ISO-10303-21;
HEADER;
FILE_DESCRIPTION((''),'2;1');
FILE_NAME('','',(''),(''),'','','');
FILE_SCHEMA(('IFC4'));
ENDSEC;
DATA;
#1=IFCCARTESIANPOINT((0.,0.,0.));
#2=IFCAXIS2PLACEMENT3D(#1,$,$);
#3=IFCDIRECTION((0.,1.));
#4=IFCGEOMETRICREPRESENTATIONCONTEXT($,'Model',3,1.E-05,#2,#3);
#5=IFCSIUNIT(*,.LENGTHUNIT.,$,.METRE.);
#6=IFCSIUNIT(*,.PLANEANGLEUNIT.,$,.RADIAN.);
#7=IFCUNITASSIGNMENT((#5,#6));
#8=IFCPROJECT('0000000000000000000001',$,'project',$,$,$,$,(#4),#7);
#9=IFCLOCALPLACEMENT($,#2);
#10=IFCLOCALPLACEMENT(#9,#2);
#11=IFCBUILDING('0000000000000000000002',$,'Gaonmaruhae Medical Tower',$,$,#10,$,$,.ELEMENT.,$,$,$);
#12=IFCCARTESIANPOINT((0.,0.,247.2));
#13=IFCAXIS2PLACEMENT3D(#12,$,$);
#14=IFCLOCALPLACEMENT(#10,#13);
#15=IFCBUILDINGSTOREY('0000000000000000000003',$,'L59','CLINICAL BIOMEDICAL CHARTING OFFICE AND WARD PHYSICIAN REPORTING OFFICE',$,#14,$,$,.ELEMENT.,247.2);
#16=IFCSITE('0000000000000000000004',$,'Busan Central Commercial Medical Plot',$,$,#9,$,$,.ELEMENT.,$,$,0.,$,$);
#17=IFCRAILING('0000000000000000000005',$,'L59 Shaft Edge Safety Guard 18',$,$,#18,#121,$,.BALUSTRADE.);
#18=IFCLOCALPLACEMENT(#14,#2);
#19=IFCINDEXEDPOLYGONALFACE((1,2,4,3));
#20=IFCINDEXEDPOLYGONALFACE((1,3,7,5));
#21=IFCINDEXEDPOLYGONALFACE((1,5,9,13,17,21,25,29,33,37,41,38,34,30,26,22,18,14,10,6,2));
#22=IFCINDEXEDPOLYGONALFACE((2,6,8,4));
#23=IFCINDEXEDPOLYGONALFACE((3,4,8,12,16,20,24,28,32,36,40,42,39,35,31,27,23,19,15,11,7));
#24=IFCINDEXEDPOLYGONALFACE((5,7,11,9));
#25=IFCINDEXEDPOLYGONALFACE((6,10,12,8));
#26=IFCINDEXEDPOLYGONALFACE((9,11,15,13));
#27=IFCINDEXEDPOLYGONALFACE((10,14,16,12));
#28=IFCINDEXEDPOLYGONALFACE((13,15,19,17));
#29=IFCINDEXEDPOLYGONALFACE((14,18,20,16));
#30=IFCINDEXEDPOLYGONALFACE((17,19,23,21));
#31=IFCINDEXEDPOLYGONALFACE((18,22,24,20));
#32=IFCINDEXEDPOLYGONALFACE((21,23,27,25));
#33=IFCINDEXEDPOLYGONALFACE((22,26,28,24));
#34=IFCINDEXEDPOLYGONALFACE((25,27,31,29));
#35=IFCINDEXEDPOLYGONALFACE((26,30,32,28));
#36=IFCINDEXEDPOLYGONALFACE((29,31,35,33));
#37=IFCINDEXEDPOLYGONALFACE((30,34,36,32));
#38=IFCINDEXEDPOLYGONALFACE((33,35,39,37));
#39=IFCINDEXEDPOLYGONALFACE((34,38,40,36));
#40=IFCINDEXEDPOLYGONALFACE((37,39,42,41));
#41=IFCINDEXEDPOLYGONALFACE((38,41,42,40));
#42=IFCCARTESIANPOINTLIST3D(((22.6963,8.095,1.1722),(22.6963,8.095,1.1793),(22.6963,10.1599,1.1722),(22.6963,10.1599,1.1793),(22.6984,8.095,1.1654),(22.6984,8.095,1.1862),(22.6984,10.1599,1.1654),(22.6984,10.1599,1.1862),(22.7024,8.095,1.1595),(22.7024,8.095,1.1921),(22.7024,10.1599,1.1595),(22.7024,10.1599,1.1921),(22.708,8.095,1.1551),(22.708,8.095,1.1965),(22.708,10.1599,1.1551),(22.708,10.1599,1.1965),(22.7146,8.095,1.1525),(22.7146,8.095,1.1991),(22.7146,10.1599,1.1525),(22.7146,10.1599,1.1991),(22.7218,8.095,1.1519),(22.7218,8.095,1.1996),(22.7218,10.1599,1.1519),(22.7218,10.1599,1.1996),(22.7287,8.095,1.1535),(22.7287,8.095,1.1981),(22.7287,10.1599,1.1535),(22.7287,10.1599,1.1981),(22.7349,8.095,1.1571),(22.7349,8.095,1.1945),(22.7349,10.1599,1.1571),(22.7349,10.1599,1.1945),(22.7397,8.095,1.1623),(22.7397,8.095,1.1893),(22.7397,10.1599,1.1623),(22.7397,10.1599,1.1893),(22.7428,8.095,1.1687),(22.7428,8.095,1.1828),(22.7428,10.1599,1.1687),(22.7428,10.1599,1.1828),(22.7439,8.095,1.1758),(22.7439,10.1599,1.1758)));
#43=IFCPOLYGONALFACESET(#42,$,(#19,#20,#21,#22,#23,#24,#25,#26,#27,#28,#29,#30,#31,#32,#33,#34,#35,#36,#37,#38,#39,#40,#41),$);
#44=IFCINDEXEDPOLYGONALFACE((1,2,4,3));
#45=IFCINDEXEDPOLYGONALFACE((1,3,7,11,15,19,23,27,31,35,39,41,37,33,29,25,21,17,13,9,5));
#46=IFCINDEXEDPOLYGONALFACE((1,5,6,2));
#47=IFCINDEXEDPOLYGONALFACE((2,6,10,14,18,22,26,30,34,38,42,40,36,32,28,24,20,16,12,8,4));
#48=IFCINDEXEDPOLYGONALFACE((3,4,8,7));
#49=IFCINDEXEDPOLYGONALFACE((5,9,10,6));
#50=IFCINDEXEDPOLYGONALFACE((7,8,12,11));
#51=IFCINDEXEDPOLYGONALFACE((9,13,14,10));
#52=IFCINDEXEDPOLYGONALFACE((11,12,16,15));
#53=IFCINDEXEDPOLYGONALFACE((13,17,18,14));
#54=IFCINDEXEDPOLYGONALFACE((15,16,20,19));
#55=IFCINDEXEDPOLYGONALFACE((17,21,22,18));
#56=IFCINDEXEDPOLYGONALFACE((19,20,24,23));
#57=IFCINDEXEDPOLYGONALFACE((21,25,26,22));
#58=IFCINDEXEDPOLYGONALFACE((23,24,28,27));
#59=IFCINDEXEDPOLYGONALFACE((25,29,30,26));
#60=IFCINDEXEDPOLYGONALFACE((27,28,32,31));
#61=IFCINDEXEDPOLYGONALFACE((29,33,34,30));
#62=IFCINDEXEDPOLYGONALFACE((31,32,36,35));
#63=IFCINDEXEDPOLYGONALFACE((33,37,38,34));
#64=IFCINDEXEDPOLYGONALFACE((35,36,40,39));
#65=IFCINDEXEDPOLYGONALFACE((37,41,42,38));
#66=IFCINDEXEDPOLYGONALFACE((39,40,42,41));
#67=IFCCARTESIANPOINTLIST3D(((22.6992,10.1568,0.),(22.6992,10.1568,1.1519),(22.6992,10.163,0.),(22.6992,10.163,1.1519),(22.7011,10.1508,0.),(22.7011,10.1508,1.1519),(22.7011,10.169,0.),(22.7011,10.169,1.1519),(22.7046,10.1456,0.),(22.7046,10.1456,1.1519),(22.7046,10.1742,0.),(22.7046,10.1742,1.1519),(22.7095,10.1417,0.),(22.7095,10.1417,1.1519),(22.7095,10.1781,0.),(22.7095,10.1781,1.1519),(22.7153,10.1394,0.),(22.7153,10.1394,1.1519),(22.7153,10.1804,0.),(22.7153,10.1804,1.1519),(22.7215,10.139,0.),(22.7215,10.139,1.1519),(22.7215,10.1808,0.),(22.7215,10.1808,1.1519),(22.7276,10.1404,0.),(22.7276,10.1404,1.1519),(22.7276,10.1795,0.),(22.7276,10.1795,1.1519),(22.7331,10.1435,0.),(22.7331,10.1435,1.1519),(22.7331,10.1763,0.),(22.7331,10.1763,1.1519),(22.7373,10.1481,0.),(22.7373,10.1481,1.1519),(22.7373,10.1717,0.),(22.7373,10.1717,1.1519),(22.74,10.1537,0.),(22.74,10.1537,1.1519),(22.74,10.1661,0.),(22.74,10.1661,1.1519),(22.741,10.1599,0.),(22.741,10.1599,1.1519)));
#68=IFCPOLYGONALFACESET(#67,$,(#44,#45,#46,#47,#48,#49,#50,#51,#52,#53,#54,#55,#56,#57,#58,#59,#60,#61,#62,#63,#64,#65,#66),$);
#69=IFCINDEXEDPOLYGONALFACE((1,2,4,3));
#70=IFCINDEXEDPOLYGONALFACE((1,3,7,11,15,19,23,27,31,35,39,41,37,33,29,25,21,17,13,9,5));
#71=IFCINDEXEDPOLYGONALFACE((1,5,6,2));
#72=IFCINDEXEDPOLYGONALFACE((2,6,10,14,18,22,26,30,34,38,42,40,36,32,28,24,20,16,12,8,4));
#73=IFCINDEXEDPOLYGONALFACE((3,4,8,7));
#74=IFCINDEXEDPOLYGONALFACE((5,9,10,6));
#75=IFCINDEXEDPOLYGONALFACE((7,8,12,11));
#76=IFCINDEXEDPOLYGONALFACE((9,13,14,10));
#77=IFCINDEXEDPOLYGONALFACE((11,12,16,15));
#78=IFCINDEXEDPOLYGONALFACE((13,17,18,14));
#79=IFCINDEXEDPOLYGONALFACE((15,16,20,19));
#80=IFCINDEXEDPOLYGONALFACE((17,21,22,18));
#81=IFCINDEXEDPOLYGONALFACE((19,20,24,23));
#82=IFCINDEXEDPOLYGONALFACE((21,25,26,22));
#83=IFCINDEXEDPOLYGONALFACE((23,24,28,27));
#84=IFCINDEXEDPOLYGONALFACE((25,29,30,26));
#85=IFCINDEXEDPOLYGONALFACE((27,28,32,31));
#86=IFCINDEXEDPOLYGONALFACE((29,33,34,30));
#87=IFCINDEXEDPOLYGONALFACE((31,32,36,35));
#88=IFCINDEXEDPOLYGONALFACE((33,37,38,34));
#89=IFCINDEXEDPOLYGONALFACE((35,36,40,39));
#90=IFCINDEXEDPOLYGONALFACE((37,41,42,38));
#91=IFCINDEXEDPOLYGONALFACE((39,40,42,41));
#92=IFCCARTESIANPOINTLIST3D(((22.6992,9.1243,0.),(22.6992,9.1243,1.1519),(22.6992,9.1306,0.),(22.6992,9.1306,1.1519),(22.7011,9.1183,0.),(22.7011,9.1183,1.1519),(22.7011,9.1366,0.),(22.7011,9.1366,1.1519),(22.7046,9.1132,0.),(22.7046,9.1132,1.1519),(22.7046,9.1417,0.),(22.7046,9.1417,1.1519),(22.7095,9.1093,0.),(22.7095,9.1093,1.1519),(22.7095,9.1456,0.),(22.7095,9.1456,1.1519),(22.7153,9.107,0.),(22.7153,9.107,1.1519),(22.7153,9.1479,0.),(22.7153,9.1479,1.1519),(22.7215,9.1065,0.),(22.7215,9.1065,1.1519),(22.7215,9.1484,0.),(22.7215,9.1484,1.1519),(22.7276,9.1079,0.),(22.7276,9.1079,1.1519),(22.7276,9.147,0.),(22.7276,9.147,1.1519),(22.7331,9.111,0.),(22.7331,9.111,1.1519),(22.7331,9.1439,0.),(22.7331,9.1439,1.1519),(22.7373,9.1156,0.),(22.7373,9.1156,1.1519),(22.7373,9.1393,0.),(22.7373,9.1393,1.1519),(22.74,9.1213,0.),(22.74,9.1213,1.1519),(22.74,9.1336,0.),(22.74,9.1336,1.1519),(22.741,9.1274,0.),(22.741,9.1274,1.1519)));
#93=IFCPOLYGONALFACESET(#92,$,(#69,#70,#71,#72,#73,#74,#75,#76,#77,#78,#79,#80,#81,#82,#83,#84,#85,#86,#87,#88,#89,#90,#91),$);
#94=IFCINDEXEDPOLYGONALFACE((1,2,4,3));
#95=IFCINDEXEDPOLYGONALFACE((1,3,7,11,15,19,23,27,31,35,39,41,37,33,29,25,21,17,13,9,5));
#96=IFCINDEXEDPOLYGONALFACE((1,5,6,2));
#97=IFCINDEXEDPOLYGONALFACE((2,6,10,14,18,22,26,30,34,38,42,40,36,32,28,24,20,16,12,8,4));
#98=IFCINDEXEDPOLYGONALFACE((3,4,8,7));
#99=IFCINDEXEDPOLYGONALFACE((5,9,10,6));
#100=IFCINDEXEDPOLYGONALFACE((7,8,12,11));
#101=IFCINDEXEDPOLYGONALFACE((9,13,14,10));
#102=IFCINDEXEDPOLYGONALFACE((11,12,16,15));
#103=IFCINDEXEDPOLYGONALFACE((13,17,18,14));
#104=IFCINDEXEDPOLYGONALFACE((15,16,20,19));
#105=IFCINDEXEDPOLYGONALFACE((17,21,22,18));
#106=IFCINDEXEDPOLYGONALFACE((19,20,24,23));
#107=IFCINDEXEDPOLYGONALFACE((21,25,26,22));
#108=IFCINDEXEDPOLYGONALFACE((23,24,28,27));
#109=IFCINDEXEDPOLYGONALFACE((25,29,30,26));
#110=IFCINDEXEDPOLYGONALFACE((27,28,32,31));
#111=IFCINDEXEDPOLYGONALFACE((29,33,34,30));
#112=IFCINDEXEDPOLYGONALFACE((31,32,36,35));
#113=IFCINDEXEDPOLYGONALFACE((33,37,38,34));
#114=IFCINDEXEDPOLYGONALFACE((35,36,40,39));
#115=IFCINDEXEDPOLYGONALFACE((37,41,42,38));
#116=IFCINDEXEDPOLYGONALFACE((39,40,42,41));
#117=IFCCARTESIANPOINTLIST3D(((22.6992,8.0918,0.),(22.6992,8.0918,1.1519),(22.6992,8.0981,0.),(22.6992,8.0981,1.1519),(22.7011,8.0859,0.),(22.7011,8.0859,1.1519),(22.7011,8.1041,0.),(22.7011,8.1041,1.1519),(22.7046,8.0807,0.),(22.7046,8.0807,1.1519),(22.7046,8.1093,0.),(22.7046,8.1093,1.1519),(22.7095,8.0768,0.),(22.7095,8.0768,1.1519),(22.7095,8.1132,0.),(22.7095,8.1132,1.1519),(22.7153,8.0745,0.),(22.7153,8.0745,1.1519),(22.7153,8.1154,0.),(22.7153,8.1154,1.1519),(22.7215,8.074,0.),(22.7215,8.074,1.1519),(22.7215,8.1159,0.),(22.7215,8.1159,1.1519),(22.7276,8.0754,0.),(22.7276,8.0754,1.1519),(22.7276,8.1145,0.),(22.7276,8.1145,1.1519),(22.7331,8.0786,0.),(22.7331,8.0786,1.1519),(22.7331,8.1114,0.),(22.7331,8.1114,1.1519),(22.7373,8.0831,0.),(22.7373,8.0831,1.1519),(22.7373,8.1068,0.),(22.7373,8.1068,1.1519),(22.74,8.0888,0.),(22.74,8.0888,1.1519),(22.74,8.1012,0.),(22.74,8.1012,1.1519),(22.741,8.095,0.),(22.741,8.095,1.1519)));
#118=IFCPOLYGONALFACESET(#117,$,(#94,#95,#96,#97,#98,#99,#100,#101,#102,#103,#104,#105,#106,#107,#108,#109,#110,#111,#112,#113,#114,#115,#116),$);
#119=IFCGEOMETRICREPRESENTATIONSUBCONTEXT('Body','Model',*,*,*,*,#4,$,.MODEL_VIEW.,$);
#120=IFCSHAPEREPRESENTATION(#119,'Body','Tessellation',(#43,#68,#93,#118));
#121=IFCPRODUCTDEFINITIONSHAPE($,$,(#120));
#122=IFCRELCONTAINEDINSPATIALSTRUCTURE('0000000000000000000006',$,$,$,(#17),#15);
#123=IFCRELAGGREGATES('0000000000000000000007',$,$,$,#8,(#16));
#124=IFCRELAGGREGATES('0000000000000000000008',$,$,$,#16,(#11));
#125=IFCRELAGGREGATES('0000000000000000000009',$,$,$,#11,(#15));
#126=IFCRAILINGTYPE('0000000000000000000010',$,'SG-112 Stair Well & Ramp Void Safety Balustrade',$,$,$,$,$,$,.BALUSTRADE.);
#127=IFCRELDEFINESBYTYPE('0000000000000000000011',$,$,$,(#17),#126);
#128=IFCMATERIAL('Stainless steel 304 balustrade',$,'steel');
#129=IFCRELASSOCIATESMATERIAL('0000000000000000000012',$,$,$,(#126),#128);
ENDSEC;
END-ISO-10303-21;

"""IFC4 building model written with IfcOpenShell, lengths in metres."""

from ifc_helpers import new_model, si_unit, direction, frame, origin, origin_2d, place, context, subcontext, project, spatial, circle, extrude, material, type_object, element, save


model = new_model("IFC4")

# Units and contexts
model_context = context("Model", 3, precision=1e-05, world=origin(), true_north=direction((0.0, 1.0)))
body_context = subcontext(model_context, "Body", "Model", "MODEL_VIEW")
ifc_project = project(units=[si_unit("LENGTHUNIT", "METRE"), si_unit("PLANEANGLEUNIT", "RADIAN")], contexts=[model_context])

# Site, building, storey
site_placement = place(None, origin())
site = spatial("IfcSite", under=ifc_project, at=site_placement, Name="Busan Central Commercial Medical Plot", CompositionType="ELEMENT", RefElevation=0.0)
building_placement = place(site_placement, origin())
building = spatial("IfcBuilding", under=site, at=building_placement, Name="Gaonmaruhae Medical Tower", CompositionType="ELEMENT")
storey_placement = place(building_placement, frame((0.0, 0.0, 247.2)))
storey = spatial("IfcBuildingStorey", under=building, at=storey_placement, Name="L59", Description="CLINICAL BIOMEDICAL CHARTING OFFICE AND WARD PHYSICIAN REPORTING OFFICE", CompositionType="ELEMENT", Elevation=247.2)

# Railing
ifc_material_1 = material(Name="Stainless steel 304 balustrade", Category="steel")
railing_type_1 = type_object("IfcRailingType", Name="SG-112 Stair Well & Ramp Void Safety Balustrade", PredefinedType="BALUSTRADE", material=ifc_material_1)
railing_1_placement = place(storey_placement, frame((22.72, 10.1599, 0.0)))
element("IfcRailing", 1, at=railing_1_placement, inside=storey, type_object=railing_type_1, Name="L59 Shaft Edge Safety Guard 18", PredefinedType="BALUSTRADE", context=body_context, shape_type="SweptSolid", body=[
    extrude(circle(Radius=0.0239, at=origin_2d()), frame((0.0, 0.0, 1.1758), z_axis=(0.0, -1.0, 0.0), x_axis=(1.0, 0.0, 0.0)), (0.0, 0.0, 1.0), 2.0649),
    extrude(circle(Radius=0.021, at=origin_2d()), origin(), (0.0, 0.0, 1.0), 1.1519),
    extrude(circle(Radius=0.021, at=origin_2d()), frame((0.0, -1.0325, 0.0)), (0.0, 0.0, 1.0), 1.1519),
    extrude(circle(Radius=0.021, at=origin_2d()), frame((0.0, -2.0649, 0.0)), (0.0, 0.0, 1.0), 1.1519),
])

save(model, "model.ifc")
